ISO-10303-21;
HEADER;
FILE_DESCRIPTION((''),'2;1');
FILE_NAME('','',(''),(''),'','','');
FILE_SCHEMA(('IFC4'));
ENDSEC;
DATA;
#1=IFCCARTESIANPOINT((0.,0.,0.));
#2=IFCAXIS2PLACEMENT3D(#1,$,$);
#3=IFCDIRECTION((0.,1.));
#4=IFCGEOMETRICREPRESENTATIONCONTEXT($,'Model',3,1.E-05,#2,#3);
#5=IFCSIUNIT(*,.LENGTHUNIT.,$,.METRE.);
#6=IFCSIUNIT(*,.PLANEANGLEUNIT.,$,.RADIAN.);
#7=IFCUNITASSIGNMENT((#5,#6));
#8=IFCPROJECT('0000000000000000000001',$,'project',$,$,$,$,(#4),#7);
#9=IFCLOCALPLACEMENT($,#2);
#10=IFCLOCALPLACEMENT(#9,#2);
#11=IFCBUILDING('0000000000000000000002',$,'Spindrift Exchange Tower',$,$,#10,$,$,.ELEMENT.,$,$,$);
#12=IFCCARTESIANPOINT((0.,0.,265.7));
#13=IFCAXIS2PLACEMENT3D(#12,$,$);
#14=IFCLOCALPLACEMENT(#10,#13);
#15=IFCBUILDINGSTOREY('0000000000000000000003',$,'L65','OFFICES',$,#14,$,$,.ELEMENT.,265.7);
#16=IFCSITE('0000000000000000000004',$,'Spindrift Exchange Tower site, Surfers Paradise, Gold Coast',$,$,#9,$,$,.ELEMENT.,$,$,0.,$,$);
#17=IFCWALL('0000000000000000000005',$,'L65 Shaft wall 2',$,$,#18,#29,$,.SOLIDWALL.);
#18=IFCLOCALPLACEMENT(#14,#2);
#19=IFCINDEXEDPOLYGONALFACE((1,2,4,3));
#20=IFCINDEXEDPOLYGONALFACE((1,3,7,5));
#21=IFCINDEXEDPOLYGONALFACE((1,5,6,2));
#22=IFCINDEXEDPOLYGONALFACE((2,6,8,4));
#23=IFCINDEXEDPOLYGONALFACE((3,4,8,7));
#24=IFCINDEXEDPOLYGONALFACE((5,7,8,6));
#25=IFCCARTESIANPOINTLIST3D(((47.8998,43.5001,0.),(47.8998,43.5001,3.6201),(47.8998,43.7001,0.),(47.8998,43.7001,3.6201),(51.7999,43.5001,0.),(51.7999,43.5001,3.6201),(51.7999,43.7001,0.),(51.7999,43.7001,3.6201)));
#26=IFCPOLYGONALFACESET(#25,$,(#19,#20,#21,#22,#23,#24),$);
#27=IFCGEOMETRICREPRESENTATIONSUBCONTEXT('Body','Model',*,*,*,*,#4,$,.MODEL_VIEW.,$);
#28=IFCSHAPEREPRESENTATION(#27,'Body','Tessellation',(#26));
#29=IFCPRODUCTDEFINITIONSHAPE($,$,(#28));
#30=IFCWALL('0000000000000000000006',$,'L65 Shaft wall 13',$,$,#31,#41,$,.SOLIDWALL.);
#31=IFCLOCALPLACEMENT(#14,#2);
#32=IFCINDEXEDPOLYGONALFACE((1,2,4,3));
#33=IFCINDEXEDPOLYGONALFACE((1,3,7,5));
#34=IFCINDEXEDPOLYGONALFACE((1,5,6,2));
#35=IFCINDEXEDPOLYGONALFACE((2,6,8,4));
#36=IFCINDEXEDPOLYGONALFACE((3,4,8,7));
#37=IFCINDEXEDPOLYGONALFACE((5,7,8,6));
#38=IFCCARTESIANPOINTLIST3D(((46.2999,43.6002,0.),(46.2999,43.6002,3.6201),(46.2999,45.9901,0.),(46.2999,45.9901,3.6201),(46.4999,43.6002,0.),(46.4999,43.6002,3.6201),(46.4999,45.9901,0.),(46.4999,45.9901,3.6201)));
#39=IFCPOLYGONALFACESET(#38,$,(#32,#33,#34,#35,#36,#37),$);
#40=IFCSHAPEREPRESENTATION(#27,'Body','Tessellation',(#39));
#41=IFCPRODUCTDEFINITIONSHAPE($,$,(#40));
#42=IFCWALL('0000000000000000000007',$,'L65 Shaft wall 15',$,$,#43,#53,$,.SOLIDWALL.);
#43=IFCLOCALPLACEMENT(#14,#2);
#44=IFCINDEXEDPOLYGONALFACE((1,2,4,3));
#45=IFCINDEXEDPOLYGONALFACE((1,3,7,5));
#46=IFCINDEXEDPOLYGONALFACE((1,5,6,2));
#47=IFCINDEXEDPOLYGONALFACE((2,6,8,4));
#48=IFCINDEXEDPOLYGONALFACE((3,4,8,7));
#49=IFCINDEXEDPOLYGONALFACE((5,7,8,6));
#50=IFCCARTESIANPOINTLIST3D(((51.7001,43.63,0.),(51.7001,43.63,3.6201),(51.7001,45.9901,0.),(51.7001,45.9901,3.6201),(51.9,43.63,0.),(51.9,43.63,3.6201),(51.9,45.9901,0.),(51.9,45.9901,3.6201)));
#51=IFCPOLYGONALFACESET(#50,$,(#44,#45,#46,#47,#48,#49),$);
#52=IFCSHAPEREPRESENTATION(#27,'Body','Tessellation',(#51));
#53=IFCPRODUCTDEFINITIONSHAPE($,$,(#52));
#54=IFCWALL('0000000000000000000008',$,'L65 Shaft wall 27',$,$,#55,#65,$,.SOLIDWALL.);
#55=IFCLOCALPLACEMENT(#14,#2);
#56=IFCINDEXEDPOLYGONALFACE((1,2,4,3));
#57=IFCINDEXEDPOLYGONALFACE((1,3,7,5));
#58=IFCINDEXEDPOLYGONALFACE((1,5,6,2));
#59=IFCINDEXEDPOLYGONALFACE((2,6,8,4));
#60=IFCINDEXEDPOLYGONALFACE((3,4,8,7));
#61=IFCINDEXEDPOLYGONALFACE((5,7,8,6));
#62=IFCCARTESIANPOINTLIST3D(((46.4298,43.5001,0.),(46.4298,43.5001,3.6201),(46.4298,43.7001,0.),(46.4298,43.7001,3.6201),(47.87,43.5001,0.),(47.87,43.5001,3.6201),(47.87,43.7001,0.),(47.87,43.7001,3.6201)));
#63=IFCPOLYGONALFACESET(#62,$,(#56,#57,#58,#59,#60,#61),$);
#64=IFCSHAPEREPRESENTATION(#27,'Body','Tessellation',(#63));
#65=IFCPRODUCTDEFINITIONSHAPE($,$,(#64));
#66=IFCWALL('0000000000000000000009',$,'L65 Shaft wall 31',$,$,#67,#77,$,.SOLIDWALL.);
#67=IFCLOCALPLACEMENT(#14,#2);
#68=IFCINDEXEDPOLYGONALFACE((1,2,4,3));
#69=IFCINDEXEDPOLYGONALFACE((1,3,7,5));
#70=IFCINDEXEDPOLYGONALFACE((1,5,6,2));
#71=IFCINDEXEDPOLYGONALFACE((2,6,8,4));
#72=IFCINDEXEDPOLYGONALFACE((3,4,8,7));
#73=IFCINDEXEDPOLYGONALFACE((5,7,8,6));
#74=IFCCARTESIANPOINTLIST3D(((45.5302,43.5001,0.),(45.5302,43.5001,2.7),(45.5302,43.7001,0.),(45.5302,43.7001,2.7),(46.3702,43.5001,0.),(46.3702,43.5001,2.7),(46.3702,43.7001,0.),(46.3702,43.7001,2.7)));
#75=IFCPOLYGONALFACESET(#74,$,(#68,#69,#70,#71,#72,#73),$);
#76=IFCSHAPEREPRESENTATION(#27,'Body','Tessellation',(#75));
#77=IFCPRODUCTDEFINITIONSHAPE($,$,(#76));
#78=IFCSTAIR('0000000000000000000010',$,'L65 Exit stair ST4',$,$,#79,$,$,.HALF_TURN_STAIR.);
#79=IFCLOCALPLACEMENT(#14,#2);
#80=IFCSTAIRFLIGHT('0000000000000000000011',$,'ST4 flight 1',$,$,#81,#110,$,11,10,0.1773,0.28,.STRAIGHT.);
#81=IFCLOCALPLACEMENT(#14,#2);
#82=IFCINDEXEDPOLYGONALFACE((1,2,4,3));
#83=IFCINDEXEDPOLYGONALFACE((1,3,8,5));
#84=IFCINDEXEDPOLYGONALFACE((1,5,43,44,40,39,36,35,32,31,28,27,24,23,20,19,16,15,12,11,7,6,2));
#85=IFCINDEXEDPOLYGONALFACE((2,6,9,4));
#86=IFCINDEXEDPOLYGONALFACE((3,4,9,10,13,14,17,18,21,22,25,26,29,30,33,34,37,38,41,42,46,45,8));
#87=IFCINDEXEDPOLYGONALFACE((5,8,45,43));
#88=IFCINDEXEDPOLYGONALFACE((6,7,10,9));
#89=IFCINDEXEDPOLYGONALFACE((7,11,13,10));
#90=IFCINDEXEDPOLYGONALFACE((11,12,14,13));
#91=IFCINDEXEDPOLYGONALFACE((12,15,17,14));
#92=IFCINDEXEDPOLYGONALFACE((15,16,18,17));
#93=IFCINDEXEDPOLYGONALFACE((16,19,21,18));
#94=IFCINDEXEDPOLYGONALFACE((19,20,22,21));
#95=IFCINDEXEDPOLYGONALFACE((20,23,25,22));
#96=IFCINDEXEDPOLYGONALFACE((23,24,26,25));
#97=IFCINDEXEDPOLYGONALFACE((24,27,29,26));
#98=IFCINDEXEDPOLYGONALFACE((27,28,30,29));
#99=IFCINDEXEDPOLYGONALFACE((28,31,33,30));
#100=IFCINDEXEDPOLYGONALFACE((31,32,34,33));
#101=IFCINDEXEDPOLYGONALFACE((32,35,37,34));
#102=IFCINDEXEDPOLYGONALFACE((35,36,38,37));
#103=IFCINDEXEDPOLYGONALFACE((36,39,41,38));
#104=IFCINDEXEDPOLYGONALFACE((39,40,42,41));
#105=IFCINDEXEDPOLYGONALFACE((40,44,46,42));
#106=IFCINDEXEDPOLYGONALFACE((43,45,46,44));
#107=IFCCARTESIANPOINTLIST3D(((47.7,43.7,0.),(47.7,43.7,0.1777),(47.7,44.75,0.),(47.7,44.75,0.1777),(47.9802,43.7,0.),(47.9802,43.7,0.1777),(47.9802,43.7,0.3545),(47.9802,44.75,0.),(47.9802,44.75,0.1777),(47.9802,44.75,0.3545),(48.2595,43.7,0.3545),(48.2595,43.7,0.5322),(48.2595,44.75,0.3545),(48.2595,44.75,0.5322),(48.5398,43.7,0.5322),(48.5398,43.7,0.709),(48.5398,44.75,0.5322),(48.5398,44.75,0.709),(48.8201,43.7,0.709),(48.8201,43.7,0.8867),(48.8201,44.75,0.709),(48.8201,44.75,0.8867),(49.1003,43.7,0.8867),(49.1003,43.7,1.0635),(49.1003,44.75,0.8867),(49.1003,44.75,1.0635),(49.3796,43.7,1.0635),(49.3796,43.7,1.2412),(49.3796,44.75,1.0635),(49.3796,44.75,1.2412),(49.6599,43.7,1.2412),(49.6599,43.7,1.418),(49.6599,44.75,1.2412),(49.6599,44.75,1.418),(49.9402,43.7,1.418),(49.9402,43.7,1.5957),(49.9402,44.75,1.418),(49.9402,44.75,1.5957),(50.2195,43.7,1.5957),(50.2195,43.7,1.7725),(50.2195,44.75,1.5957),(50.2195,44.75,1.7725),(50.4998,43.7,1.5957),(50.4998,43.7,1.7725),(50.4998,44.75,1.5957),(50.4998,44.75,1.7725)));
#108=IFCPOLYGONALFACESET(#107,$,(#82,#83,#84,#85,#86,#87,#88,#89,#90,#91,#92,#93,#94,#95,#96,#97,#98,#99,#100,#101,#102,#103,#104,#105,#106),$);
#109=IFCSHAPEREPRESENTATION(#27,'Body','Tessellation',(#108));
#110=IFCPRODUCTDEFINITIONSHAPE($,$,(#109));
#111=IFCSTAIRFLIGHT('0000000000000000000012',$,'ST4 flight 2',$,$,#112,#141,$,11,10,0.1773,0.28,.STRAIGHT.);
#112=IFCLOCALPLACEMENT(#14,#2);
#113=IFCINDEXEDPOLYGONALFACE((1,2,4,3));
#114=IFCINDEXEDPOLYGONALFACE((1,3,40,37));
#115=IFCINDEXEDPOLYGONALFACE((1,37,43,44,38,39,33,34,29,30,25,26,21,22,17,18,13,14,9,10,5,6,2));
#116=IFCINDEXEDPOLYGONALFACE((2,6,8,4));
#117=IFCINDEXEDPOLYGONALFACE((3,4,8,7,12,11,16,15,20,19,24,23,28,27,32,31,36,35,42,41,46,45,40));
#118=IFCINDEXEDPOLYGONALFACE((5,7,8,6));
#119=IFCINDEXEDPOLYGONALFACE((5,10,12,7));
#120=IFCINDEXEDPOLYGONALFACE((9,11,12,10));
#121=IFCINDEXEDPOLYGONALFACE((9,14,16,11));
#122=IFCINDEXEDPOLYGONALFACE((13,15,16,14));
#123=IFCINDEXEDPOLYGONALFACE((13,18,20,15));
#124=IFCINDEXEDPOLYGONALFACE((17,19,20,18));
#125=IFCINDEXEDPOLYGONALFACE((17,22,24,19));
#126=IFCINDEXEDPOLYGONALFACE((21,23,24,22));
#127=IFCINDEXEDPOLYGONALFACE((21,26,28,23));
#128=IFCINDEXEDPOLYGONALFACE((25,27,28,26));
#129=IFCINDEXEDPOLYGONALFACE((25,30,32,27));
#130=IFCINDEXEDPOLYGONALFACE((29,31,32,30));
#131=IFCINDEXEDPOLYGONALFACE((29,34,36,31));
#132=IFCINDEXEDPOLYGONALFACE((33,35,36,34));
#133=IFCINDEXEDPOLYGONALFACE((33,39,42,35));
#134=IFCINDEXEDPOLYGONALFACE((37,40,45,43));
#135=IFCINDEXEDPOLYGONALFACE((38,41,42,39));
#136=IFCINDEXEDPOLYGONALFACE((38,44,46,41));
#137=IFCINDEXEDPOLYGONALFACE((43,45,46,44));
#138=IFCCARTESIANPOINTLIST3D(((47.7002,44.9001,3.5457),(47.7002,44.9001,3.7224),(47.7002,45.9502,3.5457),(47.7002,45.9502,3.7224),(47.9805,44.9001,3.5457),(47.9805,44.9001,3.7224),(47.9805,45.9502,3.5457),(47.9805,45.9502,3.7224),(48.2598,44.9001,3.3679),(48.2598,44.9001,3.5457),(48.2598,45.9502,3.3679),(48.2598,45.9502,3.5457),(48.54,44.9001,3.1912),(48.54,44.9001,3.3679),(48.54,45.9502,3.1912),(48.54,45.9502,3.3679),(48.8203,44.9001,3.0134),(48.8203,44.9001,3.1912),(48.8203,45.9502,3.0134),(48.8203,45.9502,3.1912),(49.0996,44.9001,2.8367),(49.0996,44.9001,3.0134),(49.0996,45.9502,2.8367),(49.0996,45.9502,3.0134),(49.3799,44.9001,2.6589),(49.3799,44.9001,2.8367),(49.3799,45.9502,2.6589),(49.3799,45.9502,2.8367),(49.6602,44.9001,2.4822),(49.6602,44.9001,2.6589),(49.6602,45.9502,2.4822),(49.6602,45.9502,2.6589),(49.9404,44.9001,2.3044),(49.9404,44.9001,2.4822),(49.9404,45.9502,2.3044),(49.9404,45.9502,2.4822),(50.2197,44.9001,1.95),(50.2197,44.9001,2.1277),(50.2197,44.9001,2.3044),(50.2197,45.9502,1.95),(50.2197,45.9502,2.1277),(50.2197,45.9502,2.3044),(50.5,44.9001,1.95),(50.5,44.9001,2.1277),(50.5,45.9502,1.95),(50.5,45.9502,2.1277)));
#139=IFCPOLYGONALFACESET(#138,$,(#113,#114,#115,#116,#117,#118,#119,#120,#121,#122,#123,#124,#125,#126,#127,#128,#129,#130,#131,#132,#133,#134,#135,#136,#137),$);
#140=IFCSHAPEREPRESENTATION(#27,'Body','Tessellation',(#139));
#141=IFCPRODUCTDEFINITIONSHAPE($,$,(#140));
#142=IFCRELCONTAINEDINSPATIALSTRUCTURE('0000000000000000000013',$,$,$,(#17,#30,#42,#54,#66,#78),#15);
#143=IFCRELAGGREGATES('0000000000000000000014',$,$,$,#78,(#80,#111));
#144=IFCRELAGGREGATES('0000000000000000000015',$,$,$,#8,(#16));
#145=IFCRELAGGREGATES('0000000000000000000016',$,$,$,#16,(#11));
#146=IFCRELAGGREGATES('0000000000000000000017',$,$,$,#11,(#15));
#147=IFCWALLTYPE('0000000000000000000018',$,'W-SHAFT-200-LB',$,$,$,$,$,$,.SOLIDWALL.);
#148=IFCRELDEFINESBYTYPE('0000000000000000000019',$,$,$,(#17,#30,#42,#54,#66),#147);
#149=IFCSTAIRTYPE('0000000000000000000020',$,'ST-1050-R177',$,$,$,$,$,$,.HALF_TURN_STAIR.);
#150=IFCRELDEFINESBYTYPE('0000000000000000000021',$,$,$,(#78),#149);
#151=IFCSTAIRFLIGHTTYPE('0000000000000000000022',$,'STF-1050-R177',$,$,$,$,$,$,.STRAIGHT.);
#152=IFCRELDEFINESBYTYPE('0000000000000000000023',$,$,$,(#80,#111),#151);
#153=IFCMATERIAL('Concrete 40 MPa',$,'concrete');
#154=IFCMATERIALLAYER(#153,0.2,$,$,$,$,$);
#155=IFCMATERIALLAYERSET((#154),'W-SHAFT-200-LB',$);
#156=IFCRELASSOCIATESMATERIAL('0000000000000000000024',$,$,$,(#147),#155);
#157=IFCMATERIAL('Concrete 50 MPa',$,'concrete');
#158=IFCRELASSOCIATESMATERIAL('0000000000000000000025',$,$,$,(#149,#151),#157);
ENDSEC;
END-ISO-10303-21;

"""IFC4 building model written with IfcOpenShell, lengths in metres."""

from ifc_helpers import new_model, si_unit, direction, frame, frame_2d, origin, place, context, subcontext, project, spatial, line, indexed_curve, rectangle, outline, extrude, material, layer, layer_set, type_object, element, aggregate, save


model = new_model("IFC4")

# Units and contexts
model_context = context("Model", 3, precision=1e-05, world=origin(), true_north=direction((0.0, 1.0)))
body_context = subcontext(model_context, "Body", "Model", "MODEL_VIEW")
ifc_project = project(units=[si_unit("LENGTHUNIT", "METRE"), si_unit("PLANEANGLEUNIT", "RADIAN")], contexts=[model_context])

# Site, building, storey
site_placement = place(None, origin())
site = spatial("IfcSite", under=ifc_project, at=site_placement, Name="Spindrift Exchange Tower site, Surfers Paradise, Gold Coast", CompositionType="ELEMENT", RefElevation=0.0)
building_placement = place(site_placement, origin())
building = spatial("IfcBuilding", under=site, at=building_placement, Name="Spindrift Exchange Tower", CompositionType="ELEMENT")
storey_placement = place(building_placement, frame((0.0, 0.0, 265.7)))
storey = spatial("IfcBuildingStorey", under=building, at=storey_placement, Name="L65", Description="OFFICES", CompositionType="ELEMENT", Elevation=265.7)

# Shared definitions
ifc_material_1 = material(Name="Concrete 40 MPa", Category="concrete")

# Shared definitions
ifc_material_2 = material(Name="Concrete 50 MPa", Category="concrete")

# Walls
ifc_layer_1 = layer(ifc_material_1, 0.2)
ifc_layer_set_1 = layer_set([ifc_layer_1], Name="W-SHAFT-200-LB")
wall_type_1 = type_object("IfcWallType", Name="W-SHAFT-200-LB", PredefinedType="SOLIDWALL", material=ifc_layer_set_1)
wall_1_placement = place(storey_placement, frame((51.8, 43.6001, 0.0), z_axis=(0.0, 0.0, 1.0), x_axis=(-1.0, 0.0, 0.0)))
element("IfcWall", 1, at=wall_1_placement, inside=storey, type_object=wall_type_1, Name="L65 Shaft wall 2", PredefinedType="SOLIDWALL", context=body_context, shape_type="SweptSolid", body=[
    extrude(rectangle(XDim=3.9001, YDim=0.2, at=frame_2d((1.9502, 0.0))), origin(), (0.0, 0.0, 1.0), 3.6201),
])
wall_2_placement = place(storey_placement, frame((46.3999, 45.99, 0.0), z_axis=(0.0, 0.0, 1.0), x_axis=(0.0, -1.0, 0.0)))
element("IfcWall", 2, at=wall_2_placement, inside=storey, type_object=wall_type_1, Name="L65 Shaft wall 13", PredefinedType="SOLIDWALL", context=body_context, shape_type="SweptSolid", body=[
    extrude(rectangle(XDim=2.3899, YDim=0.2, at=frame_2d((1.1948, 0.0))), origin(), (0.0, 0.0, 1.0), 3.6201),
])
wall_3_placement = place(storey_placement, frame((51.8, 43.6299, 0.0), z_axis=(0.0, 0.0, 1.0), x_axis=(0.0, 1.0, 0.0)))
element("IfcWall", 3, at=wall_3_placement, inside=storey, type_object=wall_type_1, Name="L65 Shaft wall 15", PredefinedType="SOLIDWALL", context=body_context, shape_type="SweptSolid", body=[
    extrude(rectangle(XDim=2.3601, YDim=0.2, at=frame_2d((1.1802, 0.0))), origin(), (0.0, 0.0, 1.0), 3.6201),
])
wall_4_placement = place(storey_placement, frame((47.8701, 43.6001, 0.0), z_axis=(0.0, 0.0, 1.0), x_axis=(-1.0, 0.0, 0.0)))
element("IfcWall", 4, at=wall_4_placement, inside=storey, type_object=wall_type_1, Name="L65 Shaft wall 27", PredefinedType="SOLIDWALL", context=body_context, shape_type="SweptSolid", body=[
    extrude(rectangle(XDim=1.4402, YDim=0.2, at=frame_2d((0.7202, 0.0))), origin(), (0.0, 0.0, 1.0), 3.6201),
])
wall_5_placement = place(storey_placement, frame((46.3701, 43.6001, 0.0), z_axis=(0.0, 0.0, 1.0), x_axis=(-1.0, 0.0, 0.0)))
element("IfcWall", 5, at=wall_5_placement, inside=storey, type_object=wall_type_1, Name="L65 Shaft wall 31", PredefinedType="SOLIDWALL", context=body_context, shape_type="SweptSolid", body=[
    extrude(rectangle(XDim=0.8401, YDim=0.2, at=frame_2d((0.4199, 0.0))), origin(), (0.0, 0.0, 1.0), 2.7),
])

# Stair, stair flights
stair_type = type_object("IfcStairType", Name="ST-1050-R177", PredefinedType="HALF_TURN_STAIR", material=ifc_material_2)
stair_placement = place(storey_placement, origin())
stair = element("IfcStair", 6, at=stair_placement, inside=storey, type_object=stair_type, Name="L65 Exit stair ST4", PredefinedType="HALF_TURN_STAIR")
stair_flight_type = type_object("IfcStairFlightType", Name="STF-1050-R177", PredefinedType="STRAIGHT", material=ifc_material_2)
stair_flight_1_placement = place(storey_placement, frame((47.7, 44.2251, 0.0), z_axis=(0.0, 0.0, 1.0), x_axis=(1.0, 0.0, 0.0)))
stair_flight_1 = element("IfcStairFlight", 7, at=stair_flight_1_placement, type_object=stair_flight_type, Name="ST4 flight 1", NumberOfRisers=11, NumberOfTreads=10, PredefinedType="STRAIGHT", RiserHeight=0.1773, TreadLength=0.28, context=body_context, shape_type="SweptSolid", body=[
    extrude(outline(indexed_curve([(0.0, 0.0), (0.0, 0.1777), (0.2803, 0.1777), (0.2803, 0.3545), (0.5596, 0.3545), (0.5596, 0.5322), (0.8398, 0.5322), (0.8398, 0.709), (1.1201, 0.709), (1.1201, 0.8867), (1.4004, 0.8867), (1.4004, 1.0635), (1.6797, 1.0635), (1.6797, 1.2412), (1.96, 1.2412), (1.96, 1.418), (2.2402, 1.418), (2.2402, 1.5957), (2.5195, 1.5957), (2.5195, 1.7725), (2.7998, 1.7725), (2.7998, 1.9502), (2.7998, 1.5957), (0.2803, 0.0)], segments=[line(1, 2, 3, 4, 5, 6, 7, 8, 9, 10, 11, 12, 13, 14, 15, 16, 17, 18, 19, 20, 21, 22, 23, 24, 1)], self_intersect=False)), frame((0.0, 0.5249, 0.0), z_axis=(0.0, -1.0, 0.0), x_axis=(1.0, 0.0, 0.0)), (0.0, 0.0, 1.0), 1.05),
])
stair_flight_2_placement = place(storey_placement, frame((50.5, 45.425, 1.95), z_axis=(0.0, 0.0, 1.0), x_axis=(-1.0, 0.0, 0.0)))
stair_flight_2 = element("IfcStairFlight", 8, at=stair_flight_2_placement, type_object=stair_flight_type, Name="ST4 flight 2", NumberOfRisers=11, NumberOfTreads=10, PredefinedType="STRAIGHT", RiserHeight=0.1773, TreadLength=0.28, context=body_context, shape_type="SweptSolid", body=[
    extrude(outline(indexed_curve([(0.0, 0.0), (0.0, 0.1777), (0.2803, 0.1777), (0.2803, 0.3545), (0.5596, 0.3545), (0.5596, 0.5322), (0.8398, 0.5322), (0.8398, 0.709), (1.1201, 0.709), (1.1201, 0.8867), (1.4004, 0.8867), (1.4004, 1.0635), (1.6797, 1.0635), (1.6797, 1.2412), (1.96, 1.2412), (1.96, 1.418), (2.2402, 1.418), (2.2402, 1.5957), (2.5195, 1.5957), (2.5195, 1.7725), (2.7998, 1.7725), (2.7998, 1.9502), (2.7998, 1.5957), (0.2803, 0.0)], segments=[line(1, 2, 3, 4, 5, 6, 7, 8, 9, 10, 11, 12, 13, 14, 15, 16, 17, 18, 19, 20, 21, 22, 23, 24, 1)], self_intersect=False)), frame((0.0, 0.5249, 0.0), z_axis=(0.0, -1.0, 0.0), x_axis=(1.0, 0.0, 0.0)), (0.0, 0.0, 1.0), 1.05),
])
aggregate(stair, [stair_flight_1, stair_flight_2])

save(model, "model.ifc")
